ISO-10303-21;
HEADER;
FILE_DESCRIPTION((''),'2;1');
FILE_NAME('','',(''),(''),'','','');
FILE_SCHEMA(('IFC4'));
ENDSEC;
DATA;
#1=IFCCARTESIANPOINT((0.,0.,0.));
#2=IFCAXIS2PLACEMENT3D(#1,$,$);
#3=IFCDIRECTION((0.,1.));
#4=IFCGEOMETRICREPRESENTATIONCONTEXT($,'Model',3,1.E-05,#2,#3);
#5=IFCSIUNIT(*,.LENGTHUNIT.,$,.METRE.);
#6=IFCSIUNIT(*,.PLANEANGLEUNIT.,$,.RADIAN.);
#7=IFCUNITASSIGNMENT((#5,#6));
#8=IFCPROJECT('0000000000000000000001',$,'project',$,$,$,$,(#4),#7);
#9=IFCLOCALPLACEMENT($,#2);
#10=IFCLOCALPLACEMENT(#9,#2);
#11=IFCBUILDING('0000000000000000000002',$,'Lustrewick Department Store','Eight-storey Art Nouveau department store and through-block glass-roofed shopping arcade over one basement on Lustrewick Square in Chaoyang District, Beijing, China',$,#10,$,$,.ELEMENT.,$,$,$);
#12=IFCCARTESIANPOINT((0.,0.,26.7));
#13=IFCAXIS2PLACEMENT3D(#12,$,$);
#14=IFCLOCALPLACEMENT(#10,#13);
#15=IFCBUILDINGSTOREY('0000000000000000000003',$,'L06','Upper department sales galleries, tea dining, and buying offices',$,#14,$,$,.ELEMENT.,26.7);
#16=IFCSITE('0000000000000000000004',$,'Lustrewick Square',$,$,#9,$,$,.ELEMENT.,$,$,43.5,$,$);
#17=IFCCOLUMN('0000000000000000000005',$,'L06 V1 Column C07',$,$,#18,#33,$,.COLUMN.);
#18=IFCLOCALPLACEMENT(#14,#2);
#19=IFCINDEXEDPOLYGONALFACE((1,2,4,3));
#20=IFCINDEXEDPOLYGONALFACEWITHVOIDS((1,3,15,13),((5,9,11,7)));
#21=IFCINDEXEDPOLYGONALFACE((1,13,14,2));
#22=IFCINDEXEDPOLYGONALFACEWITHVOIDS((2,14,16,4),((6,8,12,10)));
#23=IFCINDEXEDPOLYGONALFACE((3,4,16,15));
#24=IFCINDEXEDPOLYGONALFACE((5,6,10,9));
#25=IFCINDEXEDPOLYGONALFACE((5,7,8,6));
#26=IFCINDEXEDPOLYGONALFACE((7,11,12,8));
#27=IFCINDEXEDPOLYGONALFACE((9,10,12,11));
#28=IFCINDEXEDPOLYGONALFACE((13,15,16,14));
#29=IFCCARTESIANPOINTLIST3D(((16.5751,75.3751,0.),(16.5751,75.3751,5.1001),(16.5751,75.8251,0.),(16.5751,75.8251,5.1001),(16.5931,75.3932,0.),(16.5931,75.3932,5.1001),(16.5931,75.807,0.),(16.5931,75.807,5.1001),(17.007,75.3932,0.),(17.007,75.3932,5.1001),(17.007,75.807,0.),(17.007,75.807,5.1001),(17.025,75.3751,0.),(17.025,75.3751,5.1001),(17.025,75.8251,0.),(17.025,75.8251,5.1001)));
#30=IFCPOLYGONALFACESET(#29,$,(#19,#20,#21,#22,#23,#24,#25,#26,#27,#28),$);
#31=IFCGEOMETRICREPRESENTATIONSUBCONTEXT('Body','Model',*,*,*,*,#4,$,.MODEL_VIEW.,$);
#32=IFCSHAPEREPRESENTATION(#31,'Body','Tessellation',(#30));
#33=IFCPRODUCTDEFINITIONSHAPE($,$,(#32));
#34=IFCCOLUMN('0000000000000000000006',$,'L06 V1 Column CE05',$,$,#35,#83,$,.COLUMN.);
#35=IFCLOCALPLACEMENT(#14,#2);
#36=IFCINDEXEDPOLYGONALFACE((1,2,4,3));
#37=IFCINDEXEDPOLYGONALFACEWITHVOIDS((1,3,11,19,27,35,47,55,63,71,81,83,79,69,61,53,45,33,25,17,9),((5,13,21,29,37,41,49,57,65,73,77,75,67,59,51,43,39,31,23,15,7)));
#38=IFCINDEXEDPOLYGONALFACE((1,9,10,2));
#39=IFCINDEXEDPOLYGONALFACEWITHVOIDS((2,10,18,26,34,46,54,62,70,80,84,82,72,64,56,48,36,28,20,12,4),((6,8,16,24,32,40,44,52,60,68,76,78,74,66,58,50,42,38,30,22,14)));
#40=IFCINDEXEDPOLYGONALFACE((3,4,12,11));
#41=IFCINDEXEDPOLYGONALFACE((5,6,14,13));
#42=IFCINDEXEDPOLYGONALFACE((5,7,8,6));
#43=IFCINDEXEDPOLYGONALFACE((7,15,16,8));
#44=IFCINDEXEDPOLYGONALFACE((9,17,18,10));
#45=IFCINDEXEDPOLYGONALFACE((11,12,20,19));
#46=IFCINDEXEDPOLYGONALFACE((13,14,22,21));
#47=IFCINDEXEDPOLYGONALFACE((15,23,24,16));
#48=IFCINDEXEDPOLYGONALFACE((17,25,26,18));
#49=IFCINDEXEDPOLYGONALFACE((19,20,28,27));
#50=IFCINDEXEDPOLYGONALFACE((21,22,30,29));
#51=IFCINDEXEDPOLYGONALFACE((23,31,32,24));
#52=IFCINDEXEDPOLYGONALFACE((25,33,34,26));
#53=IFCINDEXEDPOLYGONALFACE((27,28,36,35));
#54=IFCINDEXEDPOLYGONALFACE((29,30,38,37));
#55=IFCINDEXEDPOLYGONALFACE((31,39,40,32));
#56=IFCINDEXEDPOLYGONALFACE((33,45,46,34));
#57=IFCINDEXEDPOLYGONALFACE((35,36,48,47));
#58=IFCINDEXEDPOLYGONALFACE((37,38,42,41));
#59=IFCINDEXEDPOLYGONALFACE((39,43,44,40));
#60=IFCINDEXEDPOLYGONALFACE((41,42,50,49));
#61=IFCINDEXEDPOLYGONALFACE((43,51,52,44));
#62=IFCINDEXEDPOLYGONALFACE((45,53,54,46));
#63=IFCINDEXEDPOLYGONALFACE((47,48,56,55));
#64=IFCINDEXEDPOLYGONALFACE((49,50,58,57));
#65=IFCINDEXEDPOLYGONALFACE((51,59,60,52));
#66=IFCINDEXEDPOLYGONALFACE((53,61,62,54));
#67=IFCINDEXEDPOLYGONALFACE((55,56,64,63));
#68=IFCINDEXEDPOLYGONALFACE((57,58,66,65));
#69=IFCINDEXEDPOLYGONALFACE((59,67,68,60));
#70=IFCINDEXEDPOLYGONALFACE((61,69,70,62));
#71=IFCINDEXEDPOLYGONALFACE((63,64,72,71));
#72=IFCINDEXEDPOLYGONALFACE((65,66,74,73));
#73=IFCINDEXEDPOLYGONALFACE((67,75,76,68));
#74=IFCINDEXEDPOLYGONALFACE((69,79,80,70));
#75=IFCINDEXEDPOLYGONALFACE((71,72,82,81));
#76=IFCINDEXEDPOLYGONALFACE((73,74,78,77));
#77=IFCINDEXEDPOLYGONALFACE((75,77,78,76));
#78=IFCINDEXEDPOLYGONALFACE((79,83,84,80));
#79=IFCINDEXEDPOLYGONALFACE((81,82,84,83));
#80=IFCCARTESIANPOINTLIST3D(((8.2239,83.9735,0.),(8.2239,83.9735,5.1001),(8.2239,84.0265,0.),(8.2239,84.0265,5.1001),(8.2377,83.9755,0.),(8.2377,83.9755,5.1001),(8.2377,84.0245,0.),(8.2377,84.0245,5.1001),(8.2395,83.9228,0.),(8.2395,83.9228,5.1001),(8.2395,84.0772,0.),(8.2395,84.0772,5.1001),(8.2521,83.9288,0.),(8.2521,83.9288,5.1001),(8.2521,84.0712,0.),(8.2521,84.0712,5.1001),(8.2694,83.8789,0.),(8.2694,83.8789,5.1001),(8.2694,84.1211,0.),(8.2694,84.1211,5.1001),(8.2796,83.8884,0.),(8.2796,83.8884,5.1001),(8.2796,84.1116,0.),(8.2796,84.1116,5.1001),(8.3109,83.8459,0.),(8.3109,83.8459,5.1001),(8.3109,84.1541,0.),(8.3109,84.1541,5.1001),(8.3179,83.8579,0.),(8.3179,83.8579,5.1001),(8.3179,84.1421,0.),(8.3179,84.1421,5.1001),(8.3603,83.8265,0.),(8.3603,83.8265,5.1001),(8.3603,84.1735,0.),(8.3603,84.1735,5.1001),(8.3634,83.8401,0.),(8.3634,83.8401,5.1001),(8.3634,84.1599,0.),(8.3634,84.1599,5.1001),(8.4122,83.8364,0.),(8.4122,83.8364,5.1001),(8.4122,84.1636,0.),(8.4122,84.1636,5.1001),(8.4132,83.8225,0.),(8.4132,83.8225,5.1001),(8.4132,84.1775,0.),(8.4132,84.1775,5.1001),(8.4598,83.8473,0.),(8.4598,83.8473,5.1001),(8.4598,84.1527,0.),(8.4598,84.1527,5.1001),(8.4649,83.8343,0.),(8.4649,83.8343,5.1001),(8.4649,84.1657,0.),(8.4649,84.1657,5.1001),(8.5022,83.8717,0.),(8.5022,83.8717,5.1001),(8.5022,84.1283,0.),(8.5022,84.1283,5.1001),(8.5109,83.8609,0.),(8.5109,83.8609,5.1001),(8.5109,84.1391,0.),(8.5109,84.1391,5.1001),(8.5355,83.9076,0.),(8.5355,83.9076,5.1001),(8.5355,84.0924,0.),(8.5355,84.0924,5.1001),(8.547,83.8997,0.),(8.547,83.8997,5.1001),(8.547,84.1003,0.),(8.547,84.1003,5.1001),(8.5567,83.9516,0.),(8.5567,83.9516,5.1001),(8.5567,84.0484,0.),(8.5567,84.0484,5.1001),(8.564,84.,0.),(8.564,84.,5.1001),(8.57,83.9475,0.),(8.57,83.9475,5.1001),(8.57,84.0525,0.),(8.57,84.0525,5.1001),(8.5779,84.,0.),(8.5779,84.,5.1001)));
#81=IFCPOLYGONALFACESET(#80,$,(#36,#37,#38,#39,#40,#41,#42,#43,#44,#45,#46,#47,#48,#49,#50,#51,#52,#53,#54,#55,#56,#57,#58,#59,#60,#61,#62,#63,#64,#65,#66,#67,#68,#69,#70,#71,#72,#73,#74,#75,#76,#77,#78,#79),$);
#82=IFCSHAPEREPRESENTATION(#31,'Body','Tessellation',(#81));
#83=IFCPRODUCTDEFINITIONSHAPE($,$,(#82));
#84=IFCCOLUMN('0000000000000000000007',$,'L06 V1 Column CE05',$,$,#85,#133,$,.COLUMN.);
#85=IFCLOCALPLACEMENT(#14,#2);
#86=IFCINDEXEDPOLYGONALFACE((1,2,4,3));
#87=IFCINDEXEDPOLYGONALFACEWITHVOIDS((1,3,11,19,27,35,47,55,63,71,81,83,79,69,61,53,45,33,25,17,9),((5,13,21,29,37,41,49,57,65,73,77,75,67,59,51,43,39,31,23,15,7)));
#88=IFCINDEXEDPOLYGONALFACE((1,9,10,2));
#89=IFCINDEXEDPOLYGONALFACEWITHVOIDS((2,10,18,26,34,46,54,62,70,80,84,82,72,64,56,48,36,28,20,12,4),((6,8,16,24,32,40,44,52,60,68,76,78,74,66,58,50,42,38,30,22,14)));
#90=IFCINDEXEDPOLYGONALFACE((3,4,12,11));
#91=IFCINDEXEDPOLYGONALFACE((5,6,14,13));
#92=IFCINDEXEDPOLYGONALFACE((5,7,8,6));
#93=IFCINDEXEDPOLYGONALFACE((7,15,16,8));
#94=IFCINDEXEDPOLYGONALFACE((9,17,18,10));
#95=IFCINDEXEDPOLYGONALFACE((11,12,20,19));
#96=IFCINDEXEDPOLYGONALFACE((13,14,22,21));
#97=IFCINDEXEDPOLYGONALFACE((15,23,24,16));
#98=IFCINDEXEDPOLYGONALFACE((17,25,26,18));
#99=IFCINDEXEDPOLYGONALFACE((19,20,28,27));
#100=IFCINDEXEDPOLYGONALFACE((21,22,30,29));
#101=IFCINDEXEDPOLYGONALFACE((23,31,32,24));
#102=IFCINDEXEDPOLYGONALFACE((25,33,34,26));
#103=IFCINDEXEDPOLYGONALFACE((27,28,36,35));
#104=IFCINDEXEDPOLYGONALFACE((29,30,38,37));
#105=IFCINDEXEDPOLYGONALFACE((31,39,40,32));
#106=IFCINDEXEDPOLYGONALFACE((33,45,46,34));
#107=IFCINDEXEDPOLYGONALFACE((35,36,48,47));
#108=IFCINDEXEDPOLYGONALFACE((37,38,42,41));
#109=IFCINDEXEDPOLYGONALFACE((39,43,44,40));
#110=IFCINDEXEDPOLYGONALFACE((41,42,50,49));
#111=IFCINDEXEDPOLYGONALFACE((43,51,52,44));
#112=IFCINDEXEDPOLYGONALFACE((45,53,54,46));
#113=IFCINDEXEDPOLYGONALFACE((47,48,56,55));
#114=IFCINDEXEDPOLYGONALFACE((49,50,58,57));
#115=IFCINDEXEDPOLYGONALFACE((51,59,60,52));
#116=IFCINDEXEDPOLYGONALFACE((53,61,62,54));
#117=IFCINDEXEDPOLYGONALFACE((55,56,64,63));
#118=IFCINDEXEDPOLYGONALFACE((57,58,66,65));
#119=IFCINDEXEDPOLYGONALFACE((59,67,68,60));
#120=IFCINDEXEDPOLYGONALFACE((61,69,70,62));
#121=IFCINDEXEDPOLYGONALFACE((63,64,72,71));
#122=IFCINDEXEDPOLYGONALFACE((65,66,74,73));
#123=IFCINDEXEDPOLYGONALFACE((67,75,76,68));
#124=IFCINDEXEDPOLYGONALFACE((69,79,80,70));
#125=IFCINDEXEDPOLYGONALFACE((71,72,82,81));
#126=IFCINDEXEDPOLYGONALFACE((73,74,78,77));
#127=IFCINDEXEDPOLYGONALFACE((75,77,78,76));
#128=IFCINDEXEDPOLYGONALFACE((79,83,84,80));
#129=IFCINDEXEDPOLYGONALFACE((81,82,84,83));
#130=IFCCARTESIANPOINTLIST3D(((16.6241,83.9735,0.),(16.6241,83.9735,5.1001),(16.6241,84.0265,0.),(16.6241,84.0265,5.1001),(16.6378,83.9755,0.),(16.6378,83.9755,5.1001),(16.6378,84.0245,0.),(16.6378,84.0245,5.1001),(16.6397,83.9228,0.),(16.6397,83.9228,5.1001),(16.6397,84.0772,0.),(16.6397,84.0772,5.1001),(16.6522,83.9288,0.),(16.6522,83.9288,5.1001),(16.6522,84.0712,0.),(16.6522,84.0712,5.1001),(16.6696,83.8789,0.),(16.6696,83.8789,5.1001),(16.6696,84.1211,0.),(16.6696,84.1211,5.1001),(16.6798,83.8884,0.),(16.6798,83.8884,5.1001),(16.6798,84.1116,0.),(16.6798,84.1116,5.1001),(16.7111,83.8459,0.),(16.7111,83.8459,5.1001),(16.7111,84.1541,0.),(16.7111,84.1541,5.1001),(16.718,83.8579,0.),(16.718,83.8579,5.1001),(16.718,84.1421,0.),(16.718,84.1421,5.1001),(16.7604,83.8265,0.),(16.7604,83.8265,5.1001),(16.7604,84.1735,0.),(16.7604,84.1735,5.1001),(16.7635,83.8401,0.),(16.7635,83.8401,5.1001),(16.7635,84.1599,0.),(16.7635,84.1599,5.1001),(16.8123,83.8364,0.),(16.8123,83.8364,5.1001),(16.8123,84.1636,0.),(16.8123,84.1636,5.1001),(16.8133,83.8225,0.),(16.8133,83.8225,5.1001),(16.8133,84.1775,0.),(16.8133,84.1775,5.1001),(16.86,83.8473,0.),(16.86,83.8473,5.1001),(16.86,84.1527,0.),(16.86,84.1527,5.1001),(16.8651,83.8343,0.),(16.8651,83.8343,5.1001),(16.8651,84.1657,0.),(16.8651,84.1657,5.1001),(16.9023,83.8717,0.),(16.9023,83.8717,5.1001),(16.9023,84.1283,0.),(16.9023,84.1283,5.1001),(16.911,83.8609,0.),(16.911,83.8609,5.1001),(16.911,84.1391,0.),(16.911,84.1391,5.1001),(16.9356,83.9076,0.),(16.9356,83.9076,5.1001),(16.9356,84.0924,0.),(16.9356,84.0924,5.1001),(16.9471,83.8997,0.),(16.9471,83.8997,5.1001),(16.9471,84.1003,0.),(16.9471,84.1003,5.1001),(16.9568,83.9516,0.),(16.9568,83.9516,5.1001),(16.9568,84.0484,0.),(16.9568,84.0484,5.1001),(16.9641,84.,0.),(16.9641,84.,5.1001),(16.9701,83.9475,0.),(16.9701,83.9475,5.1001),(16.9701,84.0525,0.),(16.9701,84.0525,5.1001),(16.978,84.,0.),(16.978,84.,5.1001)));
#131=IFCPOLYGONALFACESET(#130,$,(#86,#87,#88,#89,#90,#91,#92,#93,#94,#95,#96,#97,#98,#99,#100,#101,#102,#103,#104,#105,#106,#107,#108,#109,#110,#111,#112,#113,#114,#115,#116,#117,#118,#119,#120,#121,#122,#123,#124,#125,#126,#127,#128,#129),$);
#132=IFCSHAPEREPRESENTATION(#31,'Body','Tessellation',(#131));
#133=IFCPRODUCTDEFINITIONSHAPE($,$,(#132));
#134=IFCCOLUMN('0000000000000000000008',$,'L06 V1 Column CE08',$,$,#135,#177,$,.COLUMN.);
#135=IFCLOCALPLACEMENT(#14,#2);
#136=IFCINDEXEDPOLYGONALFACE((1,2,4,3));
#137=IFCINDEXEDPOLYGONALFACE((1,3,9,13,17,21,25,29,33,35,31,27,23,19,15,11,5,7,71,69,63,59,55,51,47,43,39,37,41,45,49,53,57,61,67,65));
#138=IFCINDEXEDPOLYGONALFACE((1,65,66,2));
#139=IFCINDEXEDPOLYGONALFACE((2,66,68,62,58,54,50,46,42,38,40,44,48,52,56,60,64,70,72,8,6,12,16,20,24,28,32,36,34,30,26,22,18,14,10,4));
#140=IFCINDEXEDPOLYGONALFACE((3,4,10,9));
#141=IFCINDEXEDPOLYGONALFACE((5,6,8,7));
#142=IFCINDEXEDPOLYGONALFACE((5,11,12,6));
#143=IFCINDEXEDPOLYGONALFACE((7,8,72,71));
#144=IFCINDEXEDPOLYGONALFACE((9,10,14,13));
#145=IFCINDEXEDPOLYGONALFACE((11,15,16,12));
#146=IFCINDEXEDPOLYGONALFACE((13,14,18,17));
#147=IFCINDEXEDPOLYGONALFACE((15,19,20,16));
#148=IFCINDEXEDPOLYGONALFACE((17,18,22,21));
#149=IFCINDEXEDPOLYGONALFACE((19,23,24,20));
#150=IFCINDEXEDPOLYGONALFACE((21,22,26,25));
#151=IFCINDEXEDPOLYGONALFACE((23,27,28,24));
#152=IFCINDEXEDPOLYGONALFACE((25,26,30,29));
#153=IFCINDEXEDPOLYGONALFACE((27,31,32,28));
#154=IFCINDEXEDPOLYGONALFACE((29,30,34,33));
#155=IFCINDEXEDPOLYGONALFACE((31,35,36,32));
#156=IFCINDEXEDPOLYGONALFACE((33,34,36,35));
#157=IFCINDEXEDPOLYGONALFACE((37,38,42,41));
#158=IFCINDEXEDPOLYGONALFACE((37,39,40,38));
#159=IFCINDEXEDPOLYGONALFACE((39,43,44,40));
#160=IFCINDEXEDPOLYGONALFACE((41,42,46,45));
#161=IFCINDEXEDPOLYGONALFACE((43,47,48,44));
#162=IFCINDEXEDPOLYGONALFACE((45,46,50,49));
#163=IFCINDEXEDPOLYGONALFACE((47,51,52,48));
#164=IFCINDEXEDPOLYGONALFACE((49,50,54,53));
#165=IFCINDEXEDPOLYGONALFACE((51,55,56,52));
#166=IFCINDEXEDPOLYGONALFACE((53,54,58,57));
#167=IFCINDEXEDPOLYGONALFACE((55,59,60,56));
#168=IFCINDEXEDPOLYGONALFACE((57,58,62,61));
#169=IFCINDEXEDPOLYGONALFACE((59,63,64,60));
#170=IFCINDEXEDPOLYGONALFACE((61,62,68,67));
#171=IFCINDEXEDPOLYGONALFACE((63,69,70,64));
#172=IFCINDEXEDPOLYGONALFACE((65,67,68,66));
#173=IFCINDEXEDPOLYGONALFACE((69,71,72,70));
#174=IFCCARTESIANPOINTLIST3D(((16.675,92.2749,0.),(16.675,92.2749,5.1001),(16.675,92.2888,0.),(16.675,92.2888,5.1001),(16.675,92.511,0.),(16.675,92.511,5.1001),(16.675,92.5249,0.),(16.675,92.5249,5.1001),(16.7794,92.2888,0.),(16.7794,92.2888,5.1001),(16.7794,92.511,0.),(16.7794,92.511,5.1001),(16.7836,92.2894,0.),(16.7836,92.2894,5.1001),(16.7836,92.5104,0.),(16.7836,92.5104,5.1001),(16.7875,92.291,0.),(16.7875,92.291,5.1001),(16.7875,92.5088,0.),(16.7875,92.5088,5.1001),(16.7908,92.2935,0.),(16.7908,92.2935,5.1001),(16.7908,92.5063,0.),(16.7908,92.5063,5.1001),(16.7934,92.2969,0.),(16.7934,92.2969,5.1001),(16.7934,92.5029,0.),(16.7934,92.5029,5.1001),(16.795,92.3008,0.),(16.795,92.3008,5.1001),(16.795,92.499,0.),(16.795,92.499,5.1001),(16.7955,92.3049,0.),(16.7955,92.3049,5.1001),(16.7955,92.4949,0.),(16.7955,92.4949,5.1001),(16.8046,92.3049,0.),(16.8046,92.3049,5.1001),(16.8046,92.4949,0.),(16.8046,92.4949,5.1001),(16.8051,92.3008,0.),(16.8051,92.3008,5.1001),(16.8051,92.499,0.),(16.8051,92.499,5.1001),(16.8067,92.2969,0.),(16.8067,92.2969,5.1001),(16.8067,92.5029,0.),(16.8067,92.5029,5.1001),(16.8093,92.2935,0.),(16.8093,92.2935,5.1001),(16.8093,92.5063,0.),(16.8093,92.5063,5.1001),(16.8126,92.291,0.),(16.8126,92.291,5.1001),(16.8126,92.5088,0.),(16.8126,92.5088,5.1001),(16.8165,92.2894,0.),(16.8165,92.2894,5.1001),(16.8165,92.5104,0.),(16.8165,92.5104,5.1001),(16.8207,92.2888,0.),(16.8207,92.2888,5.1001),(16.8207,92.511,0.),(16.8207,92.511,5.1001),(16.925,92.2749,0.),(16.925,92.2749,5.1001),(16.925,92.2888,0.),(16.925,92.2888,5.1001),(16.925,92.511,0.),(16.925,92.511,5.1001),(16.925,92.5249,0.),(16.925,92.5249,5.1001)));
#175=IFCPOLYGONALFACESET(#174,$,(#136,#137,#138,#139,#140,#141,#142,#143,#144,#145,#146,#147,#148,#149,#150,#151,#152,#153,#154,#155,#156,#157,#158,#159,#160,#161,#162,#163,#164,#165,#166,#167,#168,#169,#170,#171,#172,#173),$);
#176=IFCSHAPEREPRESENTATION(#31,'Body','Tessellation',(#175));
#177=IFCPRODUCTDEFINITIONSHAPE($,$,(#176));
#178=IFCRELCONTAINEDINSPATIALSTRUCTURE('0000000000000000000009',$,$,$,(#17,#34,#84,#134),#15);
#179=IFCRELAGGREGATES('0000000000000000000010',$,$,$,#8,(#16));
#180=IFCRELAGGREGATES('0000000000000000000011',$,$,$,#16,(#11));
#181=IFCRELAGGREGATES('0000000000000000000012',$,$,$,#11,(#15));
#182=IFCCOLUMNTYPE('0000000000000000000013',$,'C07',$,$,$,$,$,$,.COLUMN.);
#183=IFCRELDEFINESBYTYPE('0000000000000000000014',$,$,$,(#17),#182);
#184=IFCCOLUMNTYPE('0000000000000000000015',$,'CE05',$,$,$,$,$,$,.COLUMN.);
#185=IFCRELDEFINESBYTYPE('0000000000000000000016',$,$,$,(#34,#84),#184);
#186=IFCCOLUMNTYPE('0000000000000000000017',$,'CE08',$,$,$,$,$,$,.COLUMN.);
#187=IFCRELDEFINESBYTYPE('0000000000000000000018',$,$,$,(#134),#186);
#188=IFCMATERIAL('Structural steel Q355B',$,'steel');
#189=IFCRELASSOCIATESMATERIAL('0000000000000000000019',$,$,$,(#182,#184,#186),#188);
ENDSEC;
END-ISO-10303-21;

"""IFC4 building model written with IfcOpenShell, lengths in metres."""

from ifc_helpers import new_model, si_unit, direction, frame, origin, origin_2d, place, context, subcontext, project, spatial, hollow_rectangle, hollow_circle, i_section, extrude, material, material_profile, profile_set, type_object, element, save


model = new_model("IFC4")

# Units and contexts
model_context = context("Model", 3, precision=1e-05, world=origin(), true_north=direction((0.0, 1.0)))
body_context = subcontext(model_context, "Body", "Model", "MODEL_VIEW")
ifc_project = project(units=[si_unit("LENGTHUNIT", "METRE"), si_unit("PLANEANGLEUNIT", "RADIAN")], contexts=[model_context])

# Site, building, storey
site_placement = place(None, origin())
site = spatial("IfcSite", under=ifc_project, at=site_placement, Name="Lustrewick Square", CompositionType="ELEMENT", RefElevation=43.5)
building_placement = place(site_placement, origin())
building = spatial("IfcBuilding", under=site, at=building_placement, Name="Lustrewick Department Store", Description="Eight-storey Art Nouveau department store and through-block glass-roofed shopping arcade over one basement on Lustrewick Square in Chaoyang District, Beijing, China", CompositionType="ELEMENT")
storey_placement = place(building_placement, frame((0.0, 0.0, 26.7)))
storey = spatial("IfcBuildingStorey", under=building, at=storey_placement, Name="L06", Description="Upper department sales galleries, tea dining, and buying offices", CompositionType="ELEMENT", Elevation=26.7)

# Columns
ifc_material_1 = material(Name="Structural steel Q355B", Category="steel")
ifc_material_profile_1 = material_profile(ifc_material_1, hollow_rectangle(XDim=0.45, YDim=0.45, WallThickness=0.0181, at=origin_2d()), Name="BOX 450x450x18")
ifc_profile_set_1 = profile_set([ifc_material_profile_1], Name="Structural steel Q355B")
column_type_1 = type_object("IfcColumnType", Name="C07", PredefinedType="COLUMN", material=ifc_profile_set_1)
column_1_placement = place(storey_placement, frame((16.8, 75.6001, 0.0), z_axis=(0.0, 0.0, 1.0), x_axis=(1.0, 0.0, 0.0)))
element("IfcColumn", 1, at=column_1_placement, inside=storey, type_object=column_type_1, Name="L06 V1 Column C07", PredefinedType="COLUMN", context=body_context, shape_type="SweptSolid", body=[
    extrude(hollow_rectangle(XDim=0.45, YDim=0.45, WallThickness=0.0181, at=origin_2d()), origin(), (0.0, 0.0, 1.0), 5.1001),
])
ifc_material_profile_2 = material_profile(ifc_material_1, hollow_circle(Radius=0.178, WallThickness=0.0139, at=origin_2d()), Name="CHS 356x14")
ifc_profile_set_2 = profile_set([ifc_material_profile_2], Name="Structural steel Q355B")
column_type_2 = type_object("IfcColumnType", Name="CE05", PredefinedType="COLUMN", material=ifc_profile_set_2)
for number, where, z_axis, x_axis, name in (
    (2, (8.3999, 84.0, 0.0), (0.0, 0.0, 1.0), (1.0, 0.0, 0.0), "L06 V1 Column CE05"),
    (3, (16.8, 84.0, 0.0), (0.0, 0.0, 1.0), (1.0, 0.0, 0.0), "L06 V1 Column CE05"),
):
    element("IfcColumn", number, at=place(storey_placement, frame(where, z_axis=z_axis, x_axis=x_axis)), inside=storey, type_object=column_type_2, Name=name, PredefinedType="COLUMN", context=body_context, shape_type="SweptSolid", body=[
        extrude(hollow_circle(Radius=0.178, WallThickness=0.0139, at=origin_2d()), origin(), (0.0, 0.0, 1.0), 5.1001),
    ])
ifc_material_profile_3 = material_profile(ifc_material_1, i_section(OverallWidth=0.25, OverallDepth=0.25, WebThickness=0.009, FlangeThickness=0.0139, FilletRadius=0.0161, at=origin_2d()), Name="HW 250x250x9x14")
ifc_profile_set_3 = profile_set([ifc_material_profile_3], Name="Structural steel Q355B")
column_type_3 = type_object("IfcColumnType", Name="CE08", PredefinedType="COLUMN", material=ifc_profile_set_3)
column_2_placement = place(storey_placement, frame((16.8, 92.3999, 0.0), z_axis=(0.0, 0.0, 1.0), x_axis=(1.0, 0.0, 0.0)))
element("IfcColumn", 4, at=column_2_placement, inside=storey, type_object=column_type_3, Name="L06 V1 Column CE08", PredefinedType="COLUMN", context=body_context, shape_type="SweptSolid", body=[
    extrude(i_section(OverallWidth=0.25, OverallDepth=0.25, WebThickness=0.009, FlangeThickness=0.0139, FilletRadius=0.0161, at=origin_2d()), origin(), (0.0, 0.0, 1.0), 5.1001),
])

save(model, "model.ifc")
